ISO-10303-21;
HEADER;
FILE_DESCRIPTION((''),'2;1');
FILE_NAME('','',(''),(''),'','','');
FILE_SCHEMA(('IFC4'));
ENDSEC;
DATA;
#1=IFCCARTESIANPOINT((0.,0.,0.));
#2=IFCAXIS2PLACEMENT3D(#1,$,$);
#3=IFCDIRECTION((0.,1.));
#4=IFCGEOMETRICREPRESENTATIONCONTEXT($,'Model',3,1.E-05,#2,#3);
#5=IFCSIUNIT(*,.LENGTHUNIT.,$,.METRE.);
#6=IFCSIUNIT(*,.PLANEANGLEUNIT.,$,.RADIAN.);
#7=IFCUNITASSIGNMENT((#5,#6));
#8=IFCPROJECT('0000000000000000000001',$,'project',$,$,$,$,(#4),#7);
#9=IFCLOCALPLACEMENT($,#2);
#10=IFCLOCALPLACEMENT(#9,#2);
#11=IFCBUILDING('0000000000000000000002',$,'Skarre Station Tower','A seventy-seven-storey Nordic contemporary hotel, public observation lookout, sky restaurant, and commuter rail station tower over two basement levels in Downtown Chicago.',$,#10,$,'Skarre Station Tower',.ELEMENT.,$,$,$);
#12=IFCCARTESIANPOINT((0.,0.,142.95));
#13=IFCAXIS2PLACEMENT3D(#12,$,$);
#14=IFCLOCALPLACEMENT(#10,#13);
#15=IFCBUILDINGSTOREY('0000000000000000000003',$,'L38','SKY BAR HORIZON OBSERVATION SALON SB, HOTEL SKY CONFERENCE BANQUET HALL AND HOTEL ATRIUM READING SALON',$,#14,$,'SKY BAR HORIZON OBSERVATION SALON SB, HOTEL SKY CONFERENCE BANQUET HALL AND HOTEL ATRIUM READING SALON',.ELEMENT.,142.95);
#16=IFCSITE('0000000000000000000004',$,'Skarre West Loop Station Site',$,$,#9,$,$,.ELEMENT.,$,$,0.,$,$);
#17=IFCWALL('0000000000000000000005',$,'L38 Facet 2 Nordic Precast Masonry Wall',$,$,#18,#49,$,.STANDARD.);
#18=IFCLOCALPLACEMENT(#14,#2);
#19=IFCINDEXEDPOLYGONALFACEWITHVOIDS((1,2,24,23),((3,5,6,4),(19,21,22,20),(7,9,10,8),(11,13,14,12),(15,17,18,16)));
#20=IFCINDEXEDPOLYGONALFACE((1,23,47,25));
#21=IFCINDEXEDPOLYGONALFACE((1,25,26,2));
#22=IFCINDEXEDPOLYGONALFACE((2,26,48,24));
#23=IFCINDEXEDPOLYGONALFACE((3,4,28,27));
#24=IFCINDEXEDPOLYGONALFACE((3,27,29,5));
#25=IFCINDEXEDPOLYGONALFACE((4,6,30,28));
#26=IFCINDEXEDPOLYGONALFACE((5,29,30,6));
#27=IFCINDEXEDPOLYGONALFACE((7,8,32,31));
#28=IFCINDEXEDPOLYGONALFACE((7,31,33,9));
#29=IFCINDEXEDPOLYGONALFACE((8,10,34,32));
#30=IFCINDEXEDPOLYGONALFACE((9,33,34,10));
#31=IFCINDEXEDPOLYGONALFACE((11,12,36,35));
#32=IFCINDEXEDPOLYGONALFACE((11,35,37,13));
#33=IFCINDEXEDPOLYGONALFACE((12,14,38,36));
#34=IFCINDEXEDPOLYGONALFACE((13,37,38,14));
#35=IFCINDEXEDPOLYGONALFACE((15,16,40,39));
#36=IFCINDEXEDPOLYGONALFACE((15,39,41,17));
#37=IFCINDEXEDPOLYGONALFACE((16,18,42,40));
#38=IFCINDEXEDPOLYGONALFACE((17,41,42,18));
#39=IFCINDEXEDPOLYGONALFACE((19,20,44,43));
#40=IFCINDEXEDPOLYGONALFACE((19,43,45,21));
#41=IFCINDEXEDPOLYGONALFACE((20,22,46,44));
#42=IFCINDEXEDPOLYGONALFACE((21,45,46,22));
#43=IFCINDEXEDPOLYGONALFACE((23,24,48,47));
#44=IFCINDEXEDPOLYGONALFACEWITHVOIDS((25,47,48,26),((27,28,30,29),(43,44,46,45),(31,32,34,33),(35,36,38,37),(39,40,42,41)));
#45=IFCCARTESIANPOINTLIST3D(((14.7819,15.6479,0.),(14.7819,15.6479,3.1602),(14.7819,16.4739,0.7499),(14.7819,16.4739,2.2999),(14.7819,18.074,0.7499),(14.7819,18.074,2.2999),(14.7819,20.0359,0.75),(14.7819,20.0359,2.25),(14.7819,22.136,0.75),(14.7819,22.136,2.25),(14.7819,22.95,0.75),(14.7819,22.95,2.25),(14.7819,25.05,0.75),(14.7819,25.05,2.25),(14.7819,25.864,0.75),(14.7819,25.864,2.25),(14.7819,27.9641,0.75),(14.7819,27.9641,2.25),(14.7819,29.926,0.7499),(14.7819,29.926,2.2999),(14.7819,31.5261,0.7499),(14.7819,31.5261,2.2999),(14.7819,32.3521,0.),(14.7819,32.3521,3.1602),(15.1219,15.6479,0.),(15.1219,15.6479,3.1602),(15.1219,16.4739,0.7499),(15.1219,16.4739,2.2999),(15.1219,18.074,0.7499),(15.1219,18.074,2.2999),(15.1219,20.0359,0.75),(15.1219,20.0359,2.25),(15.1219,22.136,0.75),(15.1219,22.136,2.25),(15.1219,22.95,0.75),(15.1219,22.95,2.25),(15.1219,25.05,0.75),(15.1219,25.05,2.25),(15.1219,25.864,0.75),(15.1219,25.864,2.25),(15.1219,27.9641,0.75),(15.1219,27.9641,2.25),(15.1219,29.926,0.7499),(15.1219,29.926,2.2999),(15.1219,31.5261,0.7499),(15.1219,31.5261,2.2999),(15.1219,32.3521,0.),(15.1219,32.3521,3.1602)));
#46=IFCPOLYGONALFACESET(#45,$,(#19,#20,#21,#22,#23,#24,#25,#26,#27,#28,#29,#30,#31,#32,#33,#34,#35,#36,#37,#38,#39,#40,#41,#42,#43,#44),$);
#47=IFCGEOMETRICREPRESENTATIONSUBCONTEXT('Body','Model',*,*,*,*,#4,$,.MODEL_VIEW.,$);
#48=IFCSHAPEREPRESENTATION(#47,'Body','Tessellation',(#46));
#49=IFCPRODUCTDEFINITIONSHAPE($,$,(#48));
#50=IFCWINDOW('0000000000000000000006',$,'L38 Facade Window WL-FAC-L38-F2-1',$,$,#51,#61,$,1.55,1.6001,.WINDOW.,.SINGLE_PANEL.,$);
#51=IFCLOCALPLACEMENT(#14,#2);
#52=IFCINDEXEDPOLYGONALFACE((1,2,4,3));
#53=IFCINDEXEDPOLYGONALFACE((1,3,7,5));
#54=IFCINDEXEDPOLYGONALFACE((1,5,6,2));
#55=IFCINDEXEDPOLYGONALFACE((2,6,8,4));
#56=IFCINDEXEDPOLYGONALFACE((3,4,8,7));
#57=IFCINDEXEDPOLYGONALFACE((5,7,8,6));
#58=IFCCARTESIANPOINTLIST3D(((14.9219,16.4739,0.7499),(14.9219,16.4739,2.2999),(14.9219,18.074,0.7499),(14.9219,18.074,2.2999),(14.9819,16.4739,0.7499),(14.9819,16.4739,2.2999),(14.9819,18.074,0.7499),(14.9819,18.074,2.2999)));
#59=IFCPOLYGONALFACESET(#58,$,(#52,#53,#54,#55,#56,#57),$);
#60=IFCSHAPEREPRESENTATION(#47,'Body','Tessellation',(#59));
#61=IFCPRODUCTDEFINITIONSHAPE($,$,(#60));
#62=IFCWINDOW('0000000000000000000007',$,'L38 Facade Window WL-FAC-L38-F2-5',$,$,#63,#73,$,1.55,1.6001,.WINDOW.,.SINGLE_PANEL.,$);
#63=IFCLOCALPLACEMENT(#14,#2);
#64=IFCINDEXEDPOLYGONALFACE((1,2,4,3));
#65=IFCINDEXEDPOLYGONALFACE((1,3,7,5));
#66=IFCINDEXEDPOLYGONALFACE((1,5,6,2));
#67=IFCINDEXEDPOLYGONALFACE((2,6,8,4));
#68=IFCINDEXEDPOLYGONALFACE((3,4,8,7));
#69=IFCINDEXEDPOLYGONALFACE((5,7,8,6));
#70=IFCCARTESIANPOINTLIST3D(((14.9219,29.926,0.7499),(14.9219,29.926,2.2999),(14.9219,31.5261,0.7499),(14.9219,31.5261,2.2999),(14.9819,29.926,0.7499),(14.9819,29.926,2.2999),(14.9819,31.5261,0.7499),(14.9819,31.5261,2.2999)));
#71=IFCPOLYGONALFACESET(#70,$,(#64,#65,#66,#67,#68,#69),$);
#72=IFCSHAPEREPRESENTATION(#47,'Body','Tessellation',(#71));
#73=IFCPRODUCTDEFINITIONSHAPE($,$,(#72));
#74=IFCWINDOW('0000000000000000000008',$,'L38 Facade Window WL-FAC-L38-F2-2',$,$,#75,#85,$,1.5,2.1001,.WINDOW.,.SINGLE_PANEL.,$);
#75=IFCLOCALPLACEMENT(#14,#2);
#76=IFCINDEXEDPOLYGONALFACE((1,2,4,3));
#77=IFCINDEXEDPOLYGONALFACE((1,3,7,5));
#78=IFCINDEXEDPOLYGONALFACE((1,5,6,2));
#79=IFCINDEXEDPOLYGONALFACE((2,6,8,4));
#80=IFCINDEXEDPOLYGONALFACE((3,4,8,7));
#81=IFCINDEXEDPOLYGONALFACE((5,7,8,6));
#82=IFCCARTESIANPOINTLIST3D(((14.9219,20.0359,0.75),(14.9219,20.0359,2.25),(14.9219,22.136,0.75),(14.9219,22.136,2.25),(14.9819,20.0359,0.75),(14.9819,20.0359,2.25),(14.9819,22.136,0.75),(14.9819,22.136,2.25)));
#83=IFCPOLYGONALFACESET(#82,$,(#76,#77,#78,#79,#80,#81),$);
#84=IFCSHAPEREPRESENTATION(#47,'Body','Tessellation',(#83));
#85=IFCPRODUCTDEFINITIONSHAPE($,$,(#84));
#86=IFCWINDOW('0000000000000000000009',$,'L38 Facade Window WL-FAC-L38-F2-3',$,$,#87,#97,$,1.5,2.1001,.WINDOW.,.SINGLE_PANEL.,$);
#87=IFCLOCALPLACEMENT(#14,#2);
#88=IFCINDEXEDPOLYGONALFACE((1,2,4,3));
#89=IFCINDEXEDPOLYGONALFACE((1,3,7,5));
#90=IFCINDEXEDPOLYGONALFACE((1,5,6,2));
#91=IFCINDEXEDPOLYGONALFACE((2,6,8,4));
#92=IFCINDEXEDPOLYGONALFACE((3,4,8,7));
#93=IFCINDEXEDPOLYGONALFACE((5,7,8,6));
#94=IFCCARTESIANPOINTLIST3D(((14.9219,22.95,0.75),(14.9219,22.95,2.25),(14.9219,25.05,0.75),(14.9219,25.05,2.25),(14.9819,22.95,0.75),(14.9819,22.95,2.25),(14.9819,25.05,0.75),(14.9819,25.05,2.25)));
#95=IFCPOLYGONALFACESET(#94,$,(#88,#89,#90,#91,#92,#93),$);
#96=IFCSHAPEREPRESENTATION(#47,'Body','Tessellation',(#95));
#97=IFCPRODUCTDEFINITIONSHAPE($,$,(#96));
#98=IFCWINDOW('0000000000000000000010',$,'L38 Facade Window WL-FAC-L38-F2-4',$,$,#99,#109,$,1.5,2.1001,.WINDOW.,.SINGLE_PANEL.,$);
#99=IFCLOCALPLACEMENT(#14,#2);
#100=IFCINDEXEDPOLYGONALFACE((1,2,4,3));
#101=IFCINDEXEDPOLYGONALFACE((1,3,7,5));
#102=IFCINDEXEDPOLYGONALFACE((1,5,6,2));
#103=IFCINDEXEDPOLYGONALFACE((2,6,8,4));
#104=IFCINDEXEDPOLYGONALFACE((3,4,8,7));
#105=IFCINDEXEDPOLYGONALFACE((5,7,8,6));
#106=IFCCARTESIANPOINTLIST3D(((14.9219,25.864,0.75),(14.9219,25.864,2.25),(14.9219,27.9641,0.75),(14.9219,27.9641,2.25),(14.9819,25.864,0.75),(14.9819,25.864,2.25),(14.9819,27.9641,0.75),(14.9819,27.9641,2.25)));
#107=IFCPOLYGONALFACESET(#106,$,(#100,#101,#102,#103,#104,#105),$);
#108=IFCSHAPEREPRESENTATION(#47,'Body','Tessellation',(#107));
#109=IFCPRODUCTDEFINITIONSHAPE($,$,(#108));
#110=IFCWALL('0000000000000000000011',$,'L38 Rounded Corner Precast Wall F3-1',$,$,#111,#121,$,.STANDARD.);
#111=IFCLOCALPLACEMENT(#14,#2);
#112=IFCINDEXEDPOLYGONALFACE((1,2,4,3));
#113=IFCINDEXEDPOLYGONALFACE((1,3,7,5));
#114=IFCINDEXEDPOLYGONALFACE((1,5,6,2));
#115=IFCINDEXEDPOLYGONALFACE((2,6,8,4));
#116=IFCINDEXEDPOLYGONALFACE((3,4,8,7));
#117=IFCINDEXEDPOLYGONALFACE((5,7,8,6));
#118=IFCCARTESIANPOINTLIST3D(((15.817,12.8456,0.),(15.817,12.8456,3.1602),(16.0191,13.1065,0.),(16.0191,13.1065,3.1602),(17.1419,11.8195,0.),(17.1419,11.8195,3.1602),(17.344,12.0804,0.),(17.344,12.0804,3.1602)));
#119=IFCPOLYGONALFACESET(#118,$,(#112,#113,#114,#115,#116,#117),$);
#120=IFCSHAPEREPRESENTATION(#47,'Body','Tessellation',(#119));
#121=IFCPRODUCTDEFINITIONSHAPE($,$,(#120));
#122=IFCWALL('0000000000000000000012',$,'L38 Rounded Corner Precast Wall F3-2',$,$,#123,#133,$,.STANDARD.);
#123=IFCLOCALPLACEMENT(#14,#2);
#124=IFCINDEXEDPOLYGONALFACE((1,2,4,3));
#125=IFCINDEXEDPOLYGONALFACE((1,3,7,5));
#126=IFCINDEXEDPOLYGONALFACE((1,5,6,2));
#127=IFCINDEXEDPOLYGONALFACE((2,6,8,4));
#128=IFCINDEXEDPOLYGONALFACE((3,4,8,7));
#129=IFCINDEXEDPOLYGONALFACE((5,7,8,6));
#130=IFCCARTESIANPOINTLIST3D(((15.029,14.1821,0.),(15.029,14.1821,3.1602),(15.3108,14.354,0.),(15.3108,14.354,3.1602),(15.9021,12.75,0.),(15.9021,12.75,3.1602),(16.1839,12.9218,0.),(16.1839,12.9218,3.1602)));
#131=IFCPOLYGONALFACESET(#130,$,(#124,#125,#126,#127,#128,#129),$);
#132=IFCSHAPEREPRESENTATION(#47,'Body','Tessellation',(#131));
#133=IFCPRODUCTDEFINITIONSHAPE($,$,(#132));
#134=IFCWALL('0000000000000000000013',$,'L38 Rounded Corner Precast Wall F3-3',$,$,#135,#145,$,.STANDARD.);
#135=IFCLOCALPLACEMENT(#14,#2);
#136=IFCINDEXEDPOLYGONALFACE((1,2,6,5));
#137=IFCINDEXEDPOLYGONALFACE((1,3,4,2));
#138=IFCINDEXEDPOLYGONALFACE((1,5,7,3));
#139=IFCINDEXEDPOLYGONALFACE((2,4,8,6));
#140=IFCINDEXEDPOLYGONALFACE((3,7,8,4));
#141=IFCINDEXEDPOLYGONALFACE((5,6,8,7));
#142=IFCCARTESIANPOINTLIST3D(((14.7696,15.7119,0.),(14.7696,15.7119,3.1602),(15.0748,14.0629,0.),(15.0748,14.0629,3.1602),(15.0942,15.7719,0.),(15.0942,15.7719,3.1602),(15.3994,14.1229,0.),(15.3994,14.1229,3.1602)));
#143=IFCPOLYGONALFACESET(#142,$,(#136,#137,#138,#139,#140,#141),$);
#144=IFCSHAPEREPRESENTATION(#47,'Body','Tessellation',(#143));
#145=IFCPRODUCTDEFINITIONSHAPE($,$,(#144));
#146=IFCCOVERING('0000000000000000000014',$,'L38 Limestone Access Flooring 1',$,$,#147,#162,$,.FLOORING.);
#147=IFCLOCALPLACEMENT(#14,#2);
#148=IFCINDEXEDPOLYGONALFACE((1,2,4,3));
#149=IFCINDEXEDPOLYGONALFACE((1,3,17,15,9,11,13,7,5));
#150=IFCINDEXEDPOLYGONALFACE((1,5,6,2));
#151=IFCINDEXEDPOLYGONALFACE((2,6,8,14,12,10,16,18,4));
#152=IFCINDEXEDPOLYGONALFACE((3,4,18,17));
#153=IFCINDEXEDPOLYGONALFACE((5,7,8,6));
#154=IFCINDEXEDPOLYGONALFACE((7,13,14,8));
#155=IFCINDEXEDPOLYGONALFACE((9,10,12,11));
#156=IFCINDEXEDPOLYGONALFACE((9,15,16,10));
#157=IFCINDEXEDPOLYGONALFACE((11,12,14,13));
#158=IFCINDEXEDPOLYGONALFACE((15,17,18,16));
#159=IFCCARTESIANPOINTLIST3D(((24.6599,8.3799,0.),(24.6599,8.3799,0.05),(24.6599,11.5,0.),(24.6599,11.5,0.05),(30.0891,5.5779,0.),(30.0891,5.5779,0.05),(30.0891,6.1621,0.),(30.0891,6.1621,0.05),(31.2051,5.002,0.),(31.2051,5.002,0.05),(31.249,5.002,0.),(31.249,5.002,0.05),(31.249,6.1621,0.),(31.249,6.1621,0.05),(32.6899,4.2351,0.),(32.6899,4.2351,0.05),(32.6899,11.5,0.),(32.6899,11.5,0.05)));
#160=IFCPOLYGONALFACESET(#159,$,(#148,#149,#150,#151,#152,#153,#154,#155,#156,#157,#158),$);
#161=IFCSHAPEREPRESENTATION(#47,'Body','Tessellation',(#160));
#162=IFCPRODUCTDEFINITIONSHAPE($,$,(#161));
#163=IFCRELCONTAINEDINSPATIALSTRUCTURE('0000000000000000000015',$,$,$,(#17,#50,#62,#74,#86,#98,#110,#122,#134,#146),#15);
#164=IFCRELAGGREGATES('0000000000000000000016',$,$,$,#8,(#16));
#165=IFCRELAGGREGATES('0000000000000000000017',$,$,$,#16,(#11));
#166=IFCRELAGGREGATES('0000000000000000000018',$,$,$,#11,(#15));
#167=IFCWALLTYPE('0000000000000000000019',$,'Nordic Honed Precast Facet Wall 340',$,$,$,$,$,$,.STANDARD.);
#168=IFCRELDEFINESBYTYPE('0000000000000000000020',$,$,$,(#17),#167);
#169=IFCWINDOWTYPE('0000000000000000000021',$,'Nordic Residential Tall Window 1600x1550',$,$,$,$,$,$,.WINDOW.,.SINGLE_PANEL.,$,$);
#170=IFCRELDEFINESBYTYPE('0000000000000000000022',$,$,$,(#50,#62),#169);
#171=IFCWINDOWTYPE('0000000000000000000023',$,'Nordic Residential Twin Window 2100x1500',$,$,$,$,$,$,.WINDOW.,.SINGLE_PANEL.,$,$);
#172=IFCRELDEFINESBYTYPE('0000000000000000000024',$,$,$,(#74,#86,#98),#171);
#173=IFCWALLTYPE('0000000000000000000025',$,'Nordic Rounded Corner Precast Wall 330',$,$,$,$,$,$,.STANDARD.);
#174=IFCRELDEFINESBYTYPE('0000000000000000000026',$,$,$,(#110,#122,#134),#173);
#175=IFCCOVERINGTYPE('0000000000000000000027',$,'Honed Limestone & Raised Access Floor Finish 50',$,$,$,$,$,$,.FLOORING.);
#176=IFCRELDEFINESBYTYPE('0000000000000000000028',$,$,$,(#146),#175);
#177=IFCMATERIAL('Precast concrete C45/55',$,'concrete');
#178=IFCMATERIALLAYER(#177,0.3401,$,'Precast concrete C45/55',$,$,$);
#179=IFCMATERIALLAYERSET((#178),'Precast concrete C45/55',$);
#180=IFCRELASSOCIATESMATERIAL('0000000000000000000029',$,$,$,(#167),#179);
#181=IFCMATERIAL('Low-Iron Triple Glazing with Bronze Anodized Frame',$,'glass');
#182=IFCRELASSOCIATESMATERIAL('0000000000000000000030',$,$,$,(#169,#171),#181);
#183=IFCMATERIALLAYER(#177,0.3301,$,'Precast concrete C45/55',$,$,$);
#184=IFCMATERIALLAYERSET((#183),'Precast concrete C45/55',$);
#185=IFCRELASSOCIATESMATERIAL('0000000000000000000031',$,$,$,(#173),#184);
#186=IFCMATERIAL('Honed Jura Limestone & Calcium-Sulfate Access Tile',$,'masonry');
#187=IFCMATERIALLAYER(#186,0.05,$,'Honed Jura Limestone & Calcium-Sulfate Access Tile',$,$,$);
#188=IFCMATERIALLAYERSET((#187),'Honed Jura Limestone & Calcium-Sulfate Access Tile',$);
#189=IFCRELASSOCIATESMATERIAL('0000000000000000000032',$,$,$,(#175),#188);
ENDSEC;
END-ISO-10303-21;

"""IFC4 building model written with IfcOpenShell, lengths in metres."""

from ifc_helpers import new_model, si_unit, direction, frame, frame_2d, origin, place, context, subcontext, project, spatial, polyline, rectangle, outline, extrude, material, layer, layer_set, type_object, element, fill, save


model = new_model("IFC4")

# Units and contexts
model_context = context("Model", 3, precision=1e-05, world=origin(), true_north=direction((0.0, 1.0)))
body_context = subcontext(model_context, "Body", "Model", "MODEL_VIEW")
ifc_project = project(units=[si_unit("LENGTHUNIT", "METRE"), si_unit("PLANEANGLEUNIT", "RADIAN")], contexts=[model_context])

# Site, building, storey
site_placement = place(None, origin())
site = spatial("IfcSite", under=ifc_project, at=site_placement, Name="Skarre West Loop Station Site", CompositionType="ELEMENT", RefElevation=0.0)
building_placement = place(site_placement, origin())
building = spatial("IfcBuilding", under=site, at=building_placement, Name="Skarre Station Tower", Description="A seventy-seven-storey Nordic contemporary hotel, public observation lookout, sky restaurant, and commuter rail station tower over two basement levels in Downtown Chicago.", LongName="Skarre Station Tower", CompositionType="ELEMENT")
storey_placement = place(building_placement, frame((0.0, 0.0, 142.95)))
storey = spatial("IfcBuildingStorey", under=building, at=storey_placement, Name="L38", Description="SKY BAR HORIZON OBSERVATION SALON SB, HOTEL SKY CONFERENCE BANQUET HALL AND HOTEL ATRIUM READING SALON", LongName="SKY BAR HORIZON OBSERVATION SALON SB, HOTEL SKY CONFERENCE BANQUET HALL AND HOTEL ATRIUM READING SALON", CompositionType="ELEMENT", Elevation=142.95)

# Wall, openings, windows
ifc_material_1 = material(Name="Precast concrete C45/55", Category="concrete")
ifc_layer_1 = layer(ifc_material_1, 0.3401, Name="Precast concrete C45/55")
ifc_layer_set_1 = layer_set([ifc_layer_1], Name="Precast concrete C45/55")
wall_type_1 = type_object("IfcWallType", Name="Nordic Honed Precast Facet Wall 340", PredefinedType="STANDARD", material=ifc_layer_set_1)
wall_1_placement = place(storey_placement, frame((14.9519, 15.6479, 0.0), z_axis=(0.0, 0.0, 1.0), x_axis=(0.0, 1.0, 0.0)))
wall_1 = element("IfcWall", 1, at=wall_1_placement, inside=storey, type_object=wall_type_1, Name="L38 Facet 2 Nordic Precast Masonry Wall", PredefinedType="STANDARD", context=body_context, shape_type="SweptSolid", body=[
    extrude(rectangle(XDim=16.7041, YDim=0.3401, at=frame_2d((8.3521, 0.0))), origin(), (0.0, 0.0, 1.0), 3.1602),
])
opening_1_placement = place(wall_1_placement, frame((0.8259, 0.0, 0.75)))
opening_1 = element("IfcOpeningElement", 2, at=opening_1_placement, cuts=wall_1, PredefinedType="OPENING", context=body_context, shape_type="SweptSolid", body=[
    extrude(rectangle(XDim=1.6001, YDim=1.55, at=frame_2d((0.8, 0.7749))), frame((0.0, 0.1799, 0.0), z_axis=(0.0, -1.0, 0.0), x_axis=(1.0, 0.0, 0.0)), (0.0, 0.0, 1.0), 0.3601),
])
opening_2_placement = place(wall_1_placement, frame((4.3879, 0.0, 0.75)))
opening_2 = element("IfcOpeningElement", 3, at=opening_2_placement, cuts=wall_1, PredefinedType="OPENING", context=body_context, shape_type="SweptSolid", body=[
    extrude(rectangle(XDim=2.1001, YDim=1.5, at=frame_2d((1.05, 0.75))), frame((0.0, 0.1799, 0.0), z_axis=(0.0, -1.0, 0.0), x_axis=(1.0, 0.0, 0.0)), (0.0, 0.0, 1.0), 0.3601),
])
opening_3_placement = place(wall_1_placement, frame((7.302, 0.0, 0.75)))
opening_3 = element("IfcOpeningElement", 4, at=opening_3_placement, cuts=wall_1, PredefinedType="OPENING", context=body_context, shape_type="SweptSolid", body=[
    extrude(rectangle(XDim=2.1001, YDim=1.5, at=frame_2d((1.05, 0.75))), frame((0.0, 0.1799, 0.0), z_axis=(0.0, -1.0, 0.0), x_axis=(1.0, 0.0, 0.0)), (0.0, 0.0, 1.0), 0.3601),
])
opening_4_placement = place(wall_1_placement, frame((10.2161, 0.0, 0.75)))
opening_4 = element("IfcOpeningElement", 5, at=opening_4_placement, cuts=wall_1, PredefinedType="OPENING", context=body_context, shape_type="SweptSolid", body=[
    extrude(rectangle(XDim=2.1001, YDim=1.5, at=frame_2d((1.05, 0.75))), frame((0.0, 0.1799, 0.0), z_axis=(0.0, -1.0, 0.0), x_axis=(1.0, 0.0, 0.0)), (0.0, 0.0, 1.0), 0.3601),
])
opening_5_placement = place(wall_1_placement, frame((14.2781, 0.0, 0.75)))
opening_5 = element("IfcOpeningElement", 6, at=opening_5_placement, cuts=wall_1, PredefinedType="OPENING", context=body_context, shape_type="SweptSolid", body=[
    extrude(rectangle(XDim=1.6001, YDim=1.55, at=frame_2d((0.8, 0.7749))), frame((0.0, 0.1799, 0.0), z_axis=(0.0, -1.0, 0.0), x_axis=(1.0, 0.0, 0.0)), (0.0, 0.0, 1.0), 0.3601),
])
ifc_material_2 = material(Name="Low-Iron Triple Glazing with Bronze Anodized Frame", Category="glass")
window_type_1 = type_object("IfcWindowType", Name="Nordic Residential Tall Window 1600x1550", PartitioningType="SINGLE_PANEL", PredefinedType="WINDOW", material=ifc_material_2)
window_1_placement = place(opening_1_placement, origin())
window_1 = element("IfcWindow", 7, at=window_1_placement, inside=storey, type_object=window_type_1, Name="L38 Facade Window WL-FAC-L38-F2-1", OverallHeight=1.55, OverallWidth=1.6001, PartitioningType="SINGLE_PANEL", PredefinedType="WINDOW", context=body_context, shape_type="SweptSolid", body=[
    extrude(rectangle(XDim=1.6001, YDim=1.55, at=frame_2d((0.8, 0.7749))), frame((0.0, 0.03, 0.0), z_axis=(0.0, -1.0, 0.0), x_axis=(1.0, 0.0, 0.0)), (0.0, 0.0, 1.0), 0.0601),
])
fill(opening_1, window_1)
window_2_placement = place(opening_5_placement, origin())
window_2 = element("IfcWindow", 8, at=window_2_placement, inside=storey, type_object=window_type_1, Name="L38 Facade Window WL-FAC-L38-F2-5", OverallHeight=1.55, OverallWidth=1.6001, PartitioningType="SINGLE_PANEL", PredefinedType="WINDOW", context=body_context, shape_type="SweptSolid", body=[
    extrude(rectangle(XDim=1.6001, YDim=1.55, at=frame_2d((0.8, 0.7749))), frame((0.0, 0.03, 0.0), z_axis=(0.0, -1.0, 0.0), x_axis=(1.0, 0.0, 0.0)), (0.0, 0.0, 1.0), 0.0601),
])
fill(opening_5, window_2)
window_type_2 = type_object("IfcWindowType", Name="Nordic Residential Twin Window 2100x1500", PartitioningType="SINGLE_PANEL", PredefinedType="WINDOW", material=ifc_material_2)
window_3_placement = place(opening_2_placement, origin())
window_3 = element("IfcWindow", 9, at=window_3_placement, inside=storey, type_object=window_type_2, Name="L38 Facade Window WL-FAC-L38-F2-2", OverallHeight=1.5, OverallWidth=2.1001, PartitioningType="SINGLE_PANEL", PredefinedType="WINDOW", context=body_context, shape_type="SweptSolid", body=[
    extrude(rectangle(XDim=2.1001, YDim=1.5, at=frame_2d((1.05, 0.75))), frame((0.0, 0.03, 0.0), z_axis=(0.0, -1.0, 0.0), x_axis=(1.0, 0.0, 0.0)), (0.0, 0.0, 1.0), 0.0601),
])
fill(opening_2, window_3)
window_4_placement = place(opening_3_placement, origin())
window_4 = element("IfcWindow", 10, at=window_4_placement, inside=storey, type_object=window_type_2, Name="L38 Facade Window WL-FAC-L38-F2-3", OverallHeight=1.5, OverallWidth=2.1001, PartitioningType="SINGLE_PANEL", PredefinedType="WINDOW", context=body_context, shape_type="SweptSolid", body=[
    extrude(rectangle(XDim=2.1001, YDim=1.5, at=frame_2d((1.05, 0.75))), frame((0.0, 0.03, 0.0), z_axis=(0.0, -1.0, 0.0), x_axis=(1.0, 0.0, 0.0)), (0.0, 0.0, 1.0), 0.0601),
])
fill(opening_3, window_4)
window_5_placement = place(opening_4_placement, origin())
window_5 = element("IfcWindow", 11, at=window_5_placement, inside=storey, type_object=window_type_2, Name="L38 Facade Window WL-FAC-L38-F2-4", OverallHeight=1.5, OverallWidth=2.1001, PartitioningType="SINGLE_PANEL", PredefinedType="WINDOW", context=body_context, shape_type="SweptSolid", body=[
    extrude(rectangle(XDim=2.1001, YDim=1.5, at=frame_2d((1.05, 0.75))), frame((0.0, 0.03, 0.0), z_axis=(0.0, -1.0, 0.0), x_axis=(1.0, 0.0, 0.0)), (0.0, 0.0, 1.0), 0.0601),
])
fill(opening_4, window_5)

# Walls
ifc_layer_2 = layer(ifc_material_1, 0.3301, Name="Precast concrete C45/55")
ifc_layer_set_2 = layer_set([ifc_layer_2], Name="Precast concrete C45/55")
wall_type_2 = type_object("IfcWallType", Name="Nordic Rounded Corner Precast Wall 330", PredefinedType="STANDARD", material=ifc_layer_set_2)
wall_2_placement = place(storey_placement, frame((17.2429, 11.95, 0.0), z_axis=(0.0, 0.0, 1.0), x_axis=(-0.790621, 0.612305, 0.0)))
element("IfcWall", 12, at=wall_2_placement, inside=storey, type_object=wall_type_2, Name="L38 Rounded Corner Precast Wall F3-1", PredefinedType="STANDARD", context=body_context, shape_type="SweptSolid", body=[
    extrude(rectangle(XDim=1.6758, YDim=0.3301, at=frame_2d((0.8379, 0.0))), origin(), (0.0, 0.0, 1.0), 3.1602),
])
wall_3_placement = place(storey_placement, frame((16.043, 12.8359, 0.0), z_axis=(0.0, 0.0, 1.0), x_axis=(-0.520519, 0.85385, 0.0)))
element("IfcWall", 13, at=wall_3_placement, inside=storey, type_object=wall_type_2, Name="L38 Rounded Corner Precast Wall F3-2", PredefinedType="STANDARD", context=body_context, shape_type="SweptSolid", body=[
    extrude(rectangle(XDim=1.6772, YDim=0.3301, at=frame_2d((0.8386, 0.0))), origin(), (0.0, 0.0, 1.0), 3.1602),
])
wall_4_placement = place(storey_placement, frame((15.2371, 14.093, 0.0), z_axis=(0.0, 0.0, 1.0), x_axis=(-0.181985, 0.983301, 0.0)))
element("IfcWall", 14, at=wall_4_placement, inside=storey, type_object=wall_type_2, Name="L38 Rounded Corner Precast Wall F3-3", PredefinedType="STANDARD", context=body_context, shape_type="SweptSolid", body=[
    extrude(rectangle(XDim=1.677, YDim=0.3301, at=frame_2d((0.8384, 0.0))), origin(), (0.0, 0.0, 1.0), 3.1602),
])

# Covering
ifc_material_3 = material(Name="Honed Jura Limestone & Calcium-Sulfate Access Tile", Category="masonry")
ifc_layer_3 = layer(ifc_material_3, 0.05, Name="Honed Jura Limestone & Calcium-Sulfate Access Tile")
ifc_layer_set_3 = layer_set([ifc_layer_3], Name="Honed Jura Limestone & Calcium-Sulfate Access Tile")
covering_type_1 = type_object("IfcCoveringType", Name="Honed Limestone & Raised Access Floor Finish 50", PredefinedType="FLOORING", material=ifc_layer_set_3)
covering_1_placement = place(storey_placement, origin())
element("IfcCovering", 15, at=covering_1_placement, inside=storey, type_object=covering_type_1, Name="L38 Limestone Access Flooring 1", PredefinedType="FLOORING", context=body_context, shape_type="SweptSolid", body=[
    extrude(outline(polyline([(24.6599, 8.3799), (30.0891, 5.5779), (30.0891, 6.1621), (31.249, 6.1621), (31.249, 5.002), (31.2051, 5.002), (32.6899, 4.2351), (32.6899, 11.5), (24.6599, 11.5), (24.6599, 8.3799)])), origin(), (0.0, 0.0, 1.0), 0.05),
])

save(model, "model.ifc")
